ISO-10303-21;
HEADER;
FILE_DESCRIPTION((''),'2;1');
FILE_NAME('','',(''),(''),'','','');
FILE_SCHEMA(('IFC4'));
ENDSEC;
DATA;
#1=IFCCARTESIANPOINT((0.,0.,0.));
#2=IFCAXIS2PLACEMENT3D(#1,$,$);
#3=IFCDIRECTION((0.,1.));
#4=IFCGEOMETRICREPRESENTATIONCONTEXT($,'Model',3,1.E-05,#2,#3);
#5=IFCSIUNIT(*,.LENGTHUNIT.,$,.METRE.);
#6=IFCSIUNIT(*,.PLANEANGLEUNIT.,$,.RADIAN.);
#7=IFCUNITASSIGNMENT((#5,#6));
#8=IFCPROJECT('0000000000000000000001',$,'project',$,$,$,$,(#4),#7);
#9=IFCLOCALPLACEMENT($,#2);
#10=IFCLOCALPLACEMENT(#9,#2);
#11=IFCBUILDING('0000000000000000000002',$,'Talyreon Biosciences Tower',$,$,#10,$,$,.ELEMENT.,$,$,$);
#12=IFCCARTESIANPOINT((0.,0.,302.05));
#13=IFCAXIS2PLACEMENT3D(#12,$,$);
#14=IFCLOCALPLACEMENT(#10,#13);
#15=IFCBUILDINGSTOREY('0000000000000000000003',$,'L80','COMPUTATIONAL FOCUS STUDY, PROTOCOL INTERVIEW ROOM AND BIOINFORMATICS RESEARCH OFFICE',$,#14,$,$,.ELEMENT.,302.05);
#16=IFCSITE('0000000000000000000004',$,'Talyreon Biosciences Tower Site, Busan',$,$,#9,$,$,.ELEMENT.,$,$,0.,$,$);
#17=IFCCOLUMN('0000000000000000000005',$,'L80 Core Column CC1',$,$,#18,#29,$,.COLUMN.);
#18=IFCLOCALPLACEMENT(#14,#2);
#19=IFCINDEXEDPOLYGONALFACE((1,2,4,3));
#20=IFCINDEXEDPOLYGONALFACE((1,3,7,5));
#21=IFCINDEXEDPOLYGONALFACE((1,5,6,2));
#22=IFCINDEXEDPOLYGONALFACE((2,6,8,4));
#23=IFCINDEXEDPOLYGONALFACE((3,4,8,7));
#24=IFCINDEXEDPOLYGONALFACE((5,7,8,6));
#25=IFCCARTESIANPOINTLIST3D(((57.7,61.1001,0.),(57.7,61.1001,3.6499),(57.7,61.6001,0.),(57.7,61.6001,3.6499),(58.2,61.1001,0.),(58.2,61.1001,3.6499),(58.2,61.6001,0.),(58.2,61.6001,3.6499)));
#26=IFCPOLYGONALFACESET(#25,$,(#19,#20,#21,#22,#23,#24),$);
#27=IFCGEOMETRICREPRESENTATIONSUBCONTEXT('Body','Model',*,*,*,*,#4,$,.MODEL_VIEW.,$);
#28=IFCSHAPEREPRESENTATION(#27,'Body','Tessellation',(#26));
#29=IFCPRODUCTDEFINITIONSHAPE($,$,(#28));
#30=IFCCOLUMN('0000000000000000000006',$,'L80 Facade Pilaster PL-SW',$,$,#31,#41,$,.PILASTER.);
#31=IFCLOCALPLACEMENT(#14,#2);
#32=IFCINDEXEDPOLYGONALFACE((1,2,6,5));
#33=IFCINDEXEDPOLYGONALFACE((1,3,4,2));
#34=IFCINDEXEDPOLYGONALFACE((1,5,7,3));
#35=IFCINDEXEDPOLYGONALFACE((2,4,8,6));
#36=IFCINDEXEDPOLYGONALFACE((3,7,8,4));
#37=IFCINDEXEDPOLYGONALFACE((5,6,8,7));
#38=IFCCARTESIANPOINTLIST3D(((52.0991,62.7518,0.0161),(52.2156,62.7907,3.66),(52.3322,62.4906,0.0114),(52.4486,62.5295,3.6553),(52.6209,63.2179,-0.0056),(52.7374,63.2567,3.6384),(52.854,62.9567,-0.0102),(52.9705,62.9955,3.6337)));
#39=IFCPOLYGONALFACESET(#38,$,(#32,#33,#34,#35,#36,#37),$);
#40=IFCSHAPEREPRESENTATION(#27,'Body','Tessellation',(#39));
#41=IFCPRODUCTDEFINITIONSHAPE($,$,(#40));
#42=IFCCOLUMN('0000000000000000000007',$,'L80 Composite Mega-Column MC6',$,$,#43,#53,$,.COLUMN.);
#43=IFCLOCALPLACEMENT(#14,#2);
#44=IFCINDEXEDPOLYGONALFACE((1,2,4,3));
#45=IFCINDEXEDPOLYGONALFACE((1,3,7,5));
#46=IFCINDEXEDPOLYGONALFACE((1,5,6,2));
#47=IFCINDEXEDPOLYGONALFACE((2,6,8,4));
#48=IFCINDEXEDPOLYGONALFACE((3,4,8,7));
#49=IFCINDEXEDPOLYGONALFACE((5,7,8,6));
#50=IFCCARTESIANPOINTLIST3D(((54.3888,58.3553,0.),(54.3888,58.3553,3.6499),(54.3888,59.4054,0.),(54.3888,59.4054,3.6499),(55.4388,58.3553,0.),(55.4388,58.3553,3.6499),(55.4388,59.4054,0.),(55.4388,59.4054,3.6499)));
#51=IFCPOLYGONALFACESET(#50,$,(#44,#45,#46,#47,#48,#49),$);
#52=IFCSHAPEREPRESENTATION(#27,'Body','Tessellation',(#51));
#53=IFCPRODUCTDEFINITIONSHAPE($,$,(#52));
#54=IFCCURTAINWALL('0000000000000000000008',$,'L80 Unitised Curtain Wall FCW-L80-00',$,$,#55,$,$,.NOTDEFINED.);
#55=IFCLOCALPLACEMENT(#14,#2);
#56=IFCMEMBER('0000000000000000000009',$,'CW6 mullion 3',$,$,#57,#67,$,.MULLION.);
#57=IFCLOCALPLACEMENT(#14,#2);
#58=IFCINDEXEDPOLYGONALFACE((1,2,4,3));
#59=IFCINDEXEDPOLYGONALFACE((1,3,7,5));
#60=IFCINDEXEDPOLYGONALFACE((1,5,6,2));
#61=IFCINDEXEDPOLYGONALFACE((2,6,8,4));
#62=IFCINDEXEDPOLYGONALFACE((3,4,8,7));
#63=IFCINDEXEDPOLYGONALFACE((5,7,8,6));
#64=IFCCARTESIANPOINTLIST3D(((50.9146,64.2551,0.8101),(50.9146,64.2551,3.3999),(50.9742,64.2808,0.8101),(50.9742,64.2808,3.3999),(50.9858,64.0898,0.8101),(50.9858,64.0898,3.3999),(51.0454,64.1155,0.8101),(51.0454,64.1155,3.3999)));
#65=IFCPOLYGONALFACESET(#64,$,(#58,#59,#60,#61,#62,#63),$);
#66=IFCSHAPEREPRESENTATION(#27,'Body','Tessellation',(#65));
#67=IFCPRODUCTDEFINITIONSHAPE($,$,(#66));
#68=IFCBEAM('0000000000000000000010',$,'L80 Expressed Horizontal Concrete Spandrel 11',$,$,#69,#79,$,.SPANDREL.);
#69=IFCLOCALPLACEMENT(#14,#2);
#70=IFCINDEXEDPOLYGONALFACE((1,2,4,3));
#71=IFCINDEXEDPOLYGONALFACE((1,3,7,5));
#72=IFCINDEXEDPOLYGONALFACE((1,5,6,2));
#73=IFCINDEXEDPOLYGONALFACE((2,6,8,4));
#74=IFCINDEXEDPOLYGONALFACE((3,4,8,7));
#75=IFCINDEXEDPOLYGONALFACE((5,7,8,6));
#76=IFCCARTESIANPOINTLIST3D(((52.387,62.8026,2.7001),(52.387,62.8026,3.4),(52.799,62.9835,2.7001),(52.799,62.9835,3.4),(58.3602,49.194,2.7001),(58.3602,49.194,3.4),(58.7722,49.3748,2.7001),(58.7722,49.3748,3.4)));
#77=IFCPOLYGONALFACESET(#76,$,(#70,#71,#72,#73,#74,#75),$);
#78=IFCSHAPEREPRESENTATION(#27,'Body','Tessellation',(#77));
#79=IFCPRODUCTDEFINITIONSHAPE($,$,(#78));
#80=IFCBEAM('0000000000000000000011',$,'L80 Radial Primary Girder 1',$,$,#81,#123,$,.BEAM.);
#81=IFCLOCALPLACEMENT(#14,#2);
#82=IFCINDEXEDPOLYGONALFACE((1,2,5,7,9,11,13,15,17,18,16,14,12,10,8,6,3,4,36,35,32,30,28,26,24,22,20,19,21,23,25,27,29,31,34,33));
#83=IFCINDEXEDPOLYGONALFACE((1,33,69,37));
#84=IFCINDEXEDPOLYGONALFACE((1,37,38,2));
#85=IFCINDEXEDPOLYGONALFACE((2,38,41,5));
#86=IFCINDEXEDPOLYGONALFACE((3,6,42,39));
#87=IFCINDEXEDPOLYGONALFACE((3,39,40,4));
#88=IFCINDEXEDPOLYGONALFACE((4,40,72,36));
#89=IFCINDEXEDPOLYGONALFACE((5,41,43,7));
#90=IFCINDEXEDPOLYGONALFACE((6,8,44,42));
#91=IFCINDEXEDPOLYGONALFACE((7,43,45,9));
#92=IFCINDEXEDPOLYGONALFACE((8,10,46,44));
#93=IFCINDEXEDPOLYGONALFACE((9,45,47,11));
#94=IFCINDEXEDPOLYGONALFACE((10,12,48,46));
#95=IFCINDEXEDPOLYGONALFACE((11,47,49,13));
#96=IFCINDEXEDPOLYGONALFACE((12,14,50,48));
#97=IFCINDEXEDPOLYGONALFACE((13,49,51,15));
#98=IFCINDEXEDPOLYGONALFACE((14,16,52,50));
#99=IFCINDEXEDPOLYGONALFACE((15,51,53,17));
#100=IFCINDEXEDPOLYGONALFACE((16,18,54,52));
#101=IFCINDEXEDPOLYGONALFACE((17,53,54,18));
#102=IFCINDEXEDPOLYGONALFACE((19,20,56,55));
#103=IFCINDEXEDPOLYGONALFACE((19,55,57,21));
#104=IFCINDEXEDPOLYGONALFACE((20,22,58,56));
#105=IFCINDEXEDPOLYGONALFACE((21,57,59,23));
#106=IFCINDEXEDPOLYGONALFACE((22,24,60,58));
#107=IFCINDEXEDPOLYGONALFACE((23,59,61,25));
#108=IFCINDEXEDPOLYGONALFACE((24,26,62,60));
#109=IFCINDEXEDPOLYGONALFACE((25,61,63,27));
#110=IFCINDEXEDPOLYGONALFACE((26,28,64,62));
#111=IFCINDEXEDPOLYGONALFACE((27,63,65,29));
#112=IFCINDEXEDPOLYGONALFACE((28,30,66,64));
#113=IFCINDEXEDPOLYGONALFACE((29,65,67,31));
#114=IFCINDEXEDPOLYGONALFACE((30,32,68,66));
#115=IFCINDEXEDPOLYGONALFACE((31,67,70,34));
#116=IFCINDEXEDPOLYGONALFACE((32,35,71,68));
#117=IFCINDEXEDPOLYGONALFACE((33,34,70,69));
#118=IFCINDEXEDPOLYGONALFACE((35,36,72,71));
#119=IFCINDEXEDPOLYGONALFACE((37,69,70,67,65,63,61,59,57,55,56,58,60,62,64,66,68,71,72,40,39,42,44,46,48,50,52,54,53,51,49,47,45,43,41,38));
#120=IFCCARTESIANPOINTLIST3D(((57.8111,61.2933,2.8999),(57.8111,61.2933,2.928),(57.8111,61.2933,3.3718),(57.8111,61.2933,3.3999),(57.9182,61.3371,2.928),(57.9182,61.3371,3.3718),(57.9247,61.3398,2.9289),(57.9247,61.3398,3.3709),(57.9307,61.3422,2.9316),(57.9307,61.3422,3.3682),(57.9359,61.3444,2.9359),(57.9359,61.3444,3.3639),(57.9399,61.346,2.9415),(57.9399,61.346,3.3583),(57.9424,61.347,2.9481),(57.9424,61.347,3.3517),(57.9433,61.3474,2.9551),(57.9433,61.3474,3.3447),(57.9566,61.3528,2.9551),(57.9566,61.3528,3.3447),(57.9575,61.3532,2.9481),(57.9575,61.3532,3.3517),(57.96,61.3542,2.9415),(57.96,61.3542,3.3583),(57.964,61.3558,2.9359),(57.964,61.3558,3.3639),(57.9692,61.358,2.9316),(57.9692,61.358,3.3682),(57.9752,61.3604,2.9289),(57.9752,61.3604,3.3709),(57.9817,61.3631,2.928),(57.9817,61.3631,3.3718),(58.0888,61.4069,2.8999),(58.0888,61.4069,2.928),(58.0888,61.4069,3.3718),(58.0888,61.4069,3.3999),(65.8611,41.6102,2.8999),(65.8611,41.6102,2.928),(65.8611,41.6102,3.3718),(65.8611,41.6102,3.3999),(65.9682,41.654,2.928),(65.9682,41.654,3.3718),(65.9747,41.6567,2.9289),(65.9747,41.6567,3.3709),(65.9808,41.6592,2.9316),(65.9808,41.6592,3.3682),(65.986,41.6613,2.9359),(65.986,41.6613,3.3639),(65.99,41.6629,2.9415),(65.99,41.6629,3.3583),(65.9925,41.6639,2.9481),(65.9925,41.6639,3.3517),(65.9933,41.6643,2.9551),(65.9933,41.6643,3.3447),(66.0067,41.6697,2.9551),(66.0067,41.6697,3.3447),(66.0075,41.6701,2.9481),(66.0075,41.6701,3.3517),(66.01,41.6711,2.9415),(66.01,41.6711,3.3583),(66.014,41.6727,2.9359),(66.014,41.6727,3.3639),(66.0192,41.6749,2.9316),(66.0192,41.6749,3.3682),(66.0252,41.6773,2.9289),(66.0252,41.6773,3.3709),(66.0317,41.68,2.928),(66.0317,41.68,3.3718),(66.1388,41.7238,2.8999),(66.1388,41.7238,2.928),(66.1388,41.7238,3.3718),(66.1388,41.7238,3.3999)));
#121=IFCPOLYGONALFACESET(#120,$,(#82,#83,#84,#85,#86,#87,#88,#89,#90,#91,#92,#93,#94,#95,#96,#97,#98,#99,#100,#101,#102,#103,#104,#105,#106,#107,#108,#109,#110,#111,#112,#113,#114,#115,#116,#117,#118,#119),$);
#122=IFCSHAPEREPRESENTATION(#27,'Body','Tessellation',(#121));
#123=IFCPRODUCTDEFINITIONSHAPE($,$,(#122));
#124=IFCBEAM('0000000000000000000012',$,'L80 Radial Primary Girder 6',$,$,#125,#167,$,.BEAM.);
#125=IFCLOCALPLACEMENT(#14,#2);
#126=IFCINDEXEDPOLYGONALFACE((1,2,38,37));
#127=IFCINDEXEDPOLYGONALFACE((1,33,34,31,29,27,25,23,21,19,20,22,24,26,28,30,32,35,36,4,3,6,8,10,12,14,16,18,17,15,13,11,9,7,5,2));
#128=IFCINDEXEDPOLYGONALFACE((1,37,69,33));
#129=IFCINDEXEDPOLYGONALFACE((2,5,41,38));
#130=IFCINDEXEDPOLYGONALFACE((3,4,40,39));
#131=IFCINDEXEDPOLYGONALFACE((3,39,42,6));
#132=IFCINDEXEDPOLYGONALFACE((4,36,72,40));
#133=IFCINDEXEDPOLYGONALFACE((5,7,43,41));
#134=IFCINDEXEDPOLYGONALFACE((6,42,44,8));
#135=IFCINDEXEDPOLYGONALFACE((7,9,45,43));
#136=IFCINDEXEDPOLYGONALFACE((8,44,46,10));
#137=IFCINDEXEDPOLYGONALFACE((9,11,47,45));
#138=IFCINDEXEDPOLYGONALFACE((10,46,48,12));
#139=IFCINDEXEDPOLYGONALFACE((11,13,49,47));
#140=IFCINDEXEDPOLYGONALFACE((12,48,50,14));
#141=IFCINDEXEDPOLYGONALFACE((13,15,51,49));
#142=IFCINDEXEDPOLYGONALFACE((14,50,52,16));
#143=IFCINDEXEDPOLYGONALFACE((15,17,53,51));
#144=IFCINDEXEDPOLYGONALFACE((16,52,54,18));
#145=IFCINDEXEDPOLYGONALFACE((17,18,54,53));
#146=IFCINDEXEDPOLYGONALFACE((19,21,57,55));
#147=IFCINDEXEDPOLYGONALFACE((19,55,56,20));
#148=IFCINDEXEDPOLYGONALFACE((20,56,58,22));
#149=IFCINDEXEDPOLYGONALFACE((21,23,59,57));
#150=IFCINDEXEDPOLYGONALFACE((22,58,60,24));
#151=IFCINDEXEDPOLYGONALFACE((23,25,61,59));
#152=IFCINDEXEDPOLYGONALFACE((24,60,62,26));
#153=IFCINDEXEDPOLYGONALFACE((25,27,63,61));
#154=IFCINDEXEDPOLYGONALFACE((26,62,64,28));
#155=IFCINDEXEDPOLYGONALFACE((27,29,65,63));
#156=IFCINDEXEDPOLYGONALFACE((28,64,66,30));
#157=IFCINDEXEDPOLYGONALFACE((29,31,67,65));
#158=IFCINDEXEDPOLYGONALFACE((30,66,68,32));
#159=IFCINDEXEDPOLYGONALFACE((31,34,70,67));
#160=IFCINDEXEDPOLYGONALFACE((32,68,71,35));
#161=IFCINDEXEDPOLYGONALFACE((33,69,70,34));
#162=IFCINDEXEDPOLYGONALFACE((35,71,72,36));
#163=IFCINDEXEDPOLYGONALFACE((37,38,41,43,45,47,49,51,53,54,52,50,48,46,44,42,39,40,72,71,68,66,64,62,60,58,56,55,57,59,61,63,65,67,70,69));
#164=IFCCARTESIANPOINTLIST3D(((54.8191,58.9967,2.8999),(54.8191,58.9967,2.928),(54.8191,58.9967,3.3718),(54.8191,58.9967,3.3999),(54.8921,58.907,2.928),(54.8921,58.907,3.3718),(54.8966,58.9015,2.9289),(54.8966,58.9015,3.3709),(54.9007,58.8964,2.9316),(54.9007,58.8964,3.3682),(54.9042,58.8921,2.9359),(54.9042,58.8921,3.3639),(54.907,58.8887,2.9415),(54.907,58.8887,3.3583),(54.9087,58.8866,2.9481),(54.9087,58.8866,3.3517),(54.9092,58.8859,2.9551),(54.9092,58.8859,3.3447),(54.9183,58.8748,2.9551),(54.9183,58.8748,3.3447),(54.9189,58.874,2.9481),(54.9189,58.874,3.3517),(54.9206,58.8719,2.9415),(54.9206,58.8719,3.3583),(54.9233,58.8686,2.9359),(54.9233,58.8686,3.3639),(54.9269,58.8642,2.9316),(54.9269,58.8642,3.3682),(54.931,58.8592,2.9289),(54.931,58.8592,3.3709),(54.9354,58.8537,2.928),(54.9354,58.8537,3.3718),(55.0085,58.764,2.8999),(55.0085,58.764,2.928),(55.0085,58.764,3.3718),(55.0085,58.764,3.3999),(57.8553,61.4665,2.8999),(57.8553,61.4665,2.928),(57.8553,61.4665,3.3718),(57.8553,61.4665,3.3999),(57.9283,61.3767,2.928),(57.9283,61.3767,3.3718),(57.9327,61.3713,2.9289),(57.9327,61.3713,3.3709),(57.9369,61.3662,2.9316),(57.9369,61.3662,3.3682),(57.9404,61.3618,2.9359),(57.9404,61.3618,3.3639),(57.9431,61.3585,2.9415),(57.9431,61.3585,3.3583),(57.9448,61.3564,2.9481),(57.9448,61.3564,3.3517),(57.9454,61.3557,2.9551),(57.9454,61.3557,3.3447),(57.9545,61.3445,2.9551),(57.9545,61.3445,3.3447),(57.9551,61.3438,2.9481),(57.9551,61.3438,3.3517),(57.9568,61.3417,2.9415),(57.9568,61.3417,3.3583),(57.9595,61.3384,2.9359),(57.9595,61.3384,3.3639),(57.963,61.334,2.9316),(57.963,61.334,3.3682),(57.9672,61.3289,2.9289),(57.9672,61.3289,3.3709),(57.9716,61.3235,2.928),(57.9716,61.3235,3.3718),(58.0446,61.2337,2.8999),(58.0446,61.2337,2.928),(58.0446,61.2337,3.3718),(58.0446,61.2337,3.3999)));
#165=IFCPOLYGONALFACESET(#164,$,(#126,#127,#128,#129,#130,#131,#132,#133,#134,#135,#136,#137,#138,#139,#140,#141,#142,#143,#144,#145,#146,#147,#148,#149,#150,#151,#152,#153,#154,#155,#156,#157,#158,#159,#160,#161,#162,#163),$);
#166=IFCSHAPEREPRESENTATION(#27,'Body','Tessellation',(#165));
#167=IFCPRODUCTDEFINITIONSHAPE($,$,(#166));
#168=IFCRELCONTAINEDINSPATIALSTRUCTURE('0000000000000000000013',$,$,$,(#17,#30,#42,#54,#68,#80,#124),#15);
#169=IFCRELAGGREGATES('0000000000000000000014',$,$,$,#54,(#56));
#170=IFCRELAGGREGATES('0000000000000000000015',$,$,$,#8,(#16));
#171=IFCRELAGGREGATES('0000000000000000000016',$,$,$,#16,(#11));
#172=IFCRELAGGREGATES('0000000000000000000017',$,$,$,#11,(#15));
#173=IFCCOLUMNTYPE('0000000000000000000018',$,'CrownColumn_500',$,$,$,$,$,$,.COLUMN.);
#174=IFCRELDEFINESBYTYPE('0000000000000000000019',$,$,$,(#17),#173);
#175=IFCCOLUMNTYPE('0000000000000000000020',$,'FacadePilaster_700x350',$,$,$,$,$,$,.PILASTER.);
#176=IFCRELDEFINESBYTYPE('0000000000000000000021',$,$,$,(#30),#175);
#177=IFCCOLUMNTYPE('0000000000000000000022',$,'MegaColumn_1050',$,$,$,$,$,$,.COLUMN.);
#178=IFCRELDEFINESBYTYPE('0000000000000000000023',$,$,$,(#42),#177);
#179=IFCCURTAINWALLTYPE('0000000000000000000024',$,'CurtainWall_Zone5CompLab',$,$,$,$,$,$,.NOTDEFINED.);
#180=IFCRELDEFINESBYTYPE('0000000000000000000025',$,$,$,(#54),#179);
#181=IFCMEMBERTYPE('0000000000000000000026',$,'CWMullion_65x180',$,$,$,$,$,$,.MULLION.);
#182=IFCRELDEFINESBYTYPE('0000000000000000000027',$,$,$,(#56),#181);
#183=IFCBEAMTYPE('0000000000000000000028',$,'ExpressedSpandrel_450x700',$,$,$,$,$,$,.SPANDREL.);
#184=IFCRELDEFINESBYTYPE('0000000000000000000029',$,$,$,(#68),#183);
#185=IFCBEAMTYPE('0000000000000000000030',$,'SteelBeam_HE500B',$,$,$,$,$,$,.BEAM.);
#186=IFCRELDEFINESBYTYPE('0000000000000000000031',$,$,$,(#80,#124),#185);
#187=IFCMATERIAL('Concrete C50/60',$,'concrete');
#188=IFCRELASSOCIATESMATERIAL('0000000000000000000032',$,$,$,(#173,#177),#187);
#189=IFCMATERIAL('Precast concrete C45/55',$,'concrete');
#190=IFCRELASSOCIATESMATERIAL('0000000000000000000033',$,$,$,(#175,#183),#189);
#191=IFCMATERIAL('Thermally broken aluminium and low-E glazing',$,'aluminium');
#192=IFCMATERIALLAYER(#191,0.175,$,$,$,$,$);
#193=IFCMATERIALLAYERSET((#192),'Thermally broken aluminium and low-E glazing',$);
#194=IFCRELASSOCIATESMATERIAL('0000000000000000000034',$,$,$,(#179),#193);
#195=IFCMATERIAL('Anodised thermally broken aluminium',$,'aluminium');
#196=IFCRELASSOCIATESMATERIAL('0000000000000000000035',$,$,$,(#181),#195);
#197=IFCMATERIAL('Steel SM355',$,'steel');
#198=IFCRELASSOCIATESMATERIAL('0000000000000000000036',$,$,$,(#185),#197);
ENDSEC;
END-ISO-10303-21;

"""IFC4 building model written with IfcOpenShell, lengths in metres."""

from ifc_helpers import new_model, si_unit, direction, frame, origin, origin_2d, place, context, subcontext, project, spatial, rectangle, i_section, extrude, material, layer, layer_set, material_profile, profile_set, type_object, element, aggregate, save


model = new_model("IFC4")

# Units and contexts
model_context = context("Model", 3, precision=1e-05, world=origin(), true_north=direction((0.0, 1.0)))
body_context = subcontext(model_context, "Body", "Model", "MODEL_VIEW")
ifc_project = project(units=[si_unit("LENGTHUNIT", "METRE"), si_unit("PLANEANGLEUNIT", "RADIAN")], contexts=[model_context])

# Site, building, storey
site_placement = place(None, origin())
site = spatial("IfcSite", under=ifc_project, at=site_placement, Name="Talyreon Biosciences Tower Site, Busan", CompositionType="ELEMENT", RefElevation=0.0)
building_placement = place(site_placement, origin())
building = spatial("IfcBuilding", under=site, at=building_placement, Name="Talyreon Biosciences Tower", CompositionType="ELEMENT")
storey_placement = place(building_placement, frame((0.0, 0.0, 302.05)))
storey = spatial("IfcBuildingStorey", under=building, at=storey_placement, Name="L80", Description="COMPUTATIONAL FOCUS STUDY, PROTOCOL INTERVIEW ROOM AND BIOINFORMATICS RESEARCH OFFICE", CompositionType="ELEMENT", Elevation=302.05)

# Columns
ifc_material_1 = material(Name="Concrete C50/60", Category="concrete")
ifc_material_profile_1 = material_profile(ifc_material_1, rectangle(XDim=0.5, YDim=0.5, at=origin_2d()), Name="RC 500x500")
ifc_profile_set_1 = profile_set([ifc_material_profile_1], Name="Concrete C50/60")
column_type_1 = type_object("IfcColumnType", Name="CrownColumn_500", PredefinedType="COLUMN", material=ifc_profile_set_1)
column_1_placement = place(storey_placement, frame((57.95, 61.3501, 0.0), z_axis=(0.0, 0.0, 1.0), x_axis=(1.0, 0.0, 0.0)))
element("IfcColumn", 1, at=column_1_placement, inside=storey, type_object=column_type_1, Name="L80 Core Column CC1", PredefinedType="COLUMN", context=body_context, shape_type="SweptSolid", body=[
    extrude(rectangle(XDim=0.5, YDim=0.5, at=origin_2d()), origin(), (0.0, 0.0, 1.0), 3.6499),
])
ifc_material_2 = material(Name="Precast concrete C45/55", Category="concrete")
ifc_material_profile_2 = material_profile(ifc_material_2, rectangle(XDim=0.7, YDim=0.3501, at=origin_2d()), Name="RC 700x350")
ifc_profile_set_2 = profile_set([ifc_material_profile_2], Name="Precast concrete C45/55")
column_type_2 = type_object("IfcColumnType", Name="FacadePilaster_700x350", PredefinedType="PILASTER", material=ifc_profile_set_2)
column_2_placement = place(storey_placement, frame((52.4766, 62.8542, 0.0029), z_axis=(0.03194, 0.010647, 0.999433), x_axis=(0.745494, 0.665794, -0.030917)))
element("IfcColumn", 2, at=column_2_placement, inside=storey, type_object=column_type_2, Name="L80 Facade Pilaster PL-SW", PredefinedType="PILASTER", context=body_context, shape_type="SweptSolid", body=[
    extrude(rectangle(XDim=0.7, YDim=0.3501, at=origin_2d()), origin(), (0.0, 0.0, 1.0), 3.646),
])
ifc_material_profile_3 = material_profile(ifc_material_1, rectangle(XDim=1.05, YDim=1.05, at=origin_2d()), Name="RC 1050x1050")
ifc_profile_set_3 = profile_set([ifc_material_profile_3], Name="Concrete C50/60")
column_type_3 = type_object("IfcColumnType", Name="MegaColumn_1050", PredefinedType="COLUMN", material=ifc_profile_set_3)
column_3_placement = place(storey_placement, frame((54.9138, 58.8804, 0.0), z_axis=(0.0, 0.0, 1.0), x_axis=(1.0, 0.0, 0.0)))
element("IfcColumn", 3, at=column_3_placement, inside=storey, type_object=column_type_3, Name="L80 Composite Mega-Column MC6", PredefinedType="COLUMN", context=body_context, shape_type="SweptSolid", body=[
    extrude(rectangle(XDim=1.05, YDim=1.05, at=origin_2d()), origin(), (0.0, 0.0, 1.0), 3.6499),
])

# Curtain wall, member
ifc_material_3 = material(Name="Thermally broken aluminium and low-E glazing", Category="aluminium")
ifc_layer_1 = layer(ifc_material_3, 0.175)
ifc_layer_set_1 = layer_set([ifc_layer_1], Name="Thermally broken aluminium and low-E glazing")
curtain_wall_type = type_object("IfcCurtainWallType", Name="CurtainWall_Zone5CompLab", PredefinedType="NOTDEFINED", material=ifc_layer_set_1)
curtain_wall_placement = place(storey_placement, origin())
curtain_wall = element("IfcCurtainWall", 4, at=curtain_wall_placement, inside=storey, type_object=curtain_wall_type, Name="L80 Unitised Curtain Wall FCW-L80-00", PredefinedType="NOTDEFINED")
ifc_material_4 = material(Name="Anodised thermally broken aluminium", Category="aluminium")
ifc_material_profile_4 = material_profile(ifc_material_4, rectangle(XDim=0.0649, YDim=0.1799, at=origin_2d()), Name="ALUM MULLION 65x180")
ifc_profile_set_4 = profile_set([ifc_material_profile_4], Name="Anodised thermally broken aluminium")
member_type = type_object("IfcMemberType", Name="CWMullion_65x180", PredefinedType="MULLION", material=ifc_profile_set_4)
member_placement = place(storey_placement, frame((50.98, 64.1853, 0.8101), z_axis=(0.0, 0.0, 1.0), x_axis=(-0.918363, -0.395738, 0.0)))
member = element("IfcMember", 5, at=member_placement, type_object=member_type, Name="CW6 mullion 3", PredefinedType="MULLION", context=body_context, shape_type="SweptSolid", body=[
    extrude(rectangle(XDim=0.0649, YDim=0.1799, at=origin_2d()), origin(), (0.0, 0.0, 1.0), 2.5898),
])

# Beams
ifc_material_profile_5 = material_profile(ifc_material_2, rectangle(XDim=0.45, YDim=0.7, at=origin_2d()), Name="RCB 450x700")
ifc_profile_set_5 = profile_set([ifc_material_profile_5], Name="Precast concrete C45/55")
beam_type_1 = type_object("IfcBeamType", Name="ExpressedSpandrel_450x700", PredefinedType="SPANDREL", material=ifc_profile_set_5)
beam_1_placement = place(storey_placement, frame((52.593, 62.8931, 3.05), z_axis=(0.401912, -0.915678, 0.0), x_axis=(0.915678, 0.401912, 0.0)))
element("IfcBeam", 6, at=beam_1_placement, inside=storey, type_object=beam_type_1, Name="L80 Expressed Horizontal Concrete Spandrel 11", PredefinedType="SPANDREL", context=body_context, shape_type="SweptSolid", body=[
    extrude(rectangle(XDim=0.45, YDim=0.7, at=origin_2d()), origin(), (0.0, 0.0, 1.0), 14.8618),
])
ifc_material_5 = material(Name="Steel SM355", Category="steel")
ifc_material_profile_6 = material_profile(ifc_material_5, i_section(OverallWidth=0.3, OverallDepth=0.5, WebThickness=0.0144, FlangeThickness=0.0281, FilletRadius=0.0271, at=origin_2d()), Name="HE500B")
ifc_profile_set_6 = profile_set([ifc_material_profile_6], Name="Steel SM355")
beam_type_2 = type_object("IfcBeamType", Name="SteelBeam_HE500B", PredefinedType="BEAM", material=ifc_profile_set_6)
beam_2_placement = place(storey_placement, frame((57.95, 61.3501, 3.1499), z_axis=(0.378547, -0.925582, 0.0), x_axis=(0.925582, 0.378547, 0.0)))
element("IfcBeam", 7, at=beam_2_placement, inside=storey, type_object=beam_type_2, Name="L80 Radial Primary Girder 1", PredefinedType="BEAM", context=body_context, shape_type="SweptSolid", body=[
    extrude(i_section(OverallWidth=0.3, OverallDepth=0.5, WebThickness=0.0144, FlangeThickness=0.0281, FilletRadius=0.0271, at=origin_2d()), origin(), (0.0, 0.0, 1.0), 21.2656),
])
beam_3_placement = place(storey_placement, frame((57.95, 61.3501, 3.1499), z_axis=(-0.775755, -0.631034, 0.0), x_axis=(0.631034, -0.775755, 0.0)))
element("IfcBeam", 8, at=beam_3_placement, inside=storey, type_object=beam_type_2, Name="L80 Radial Primary Girder 6", PredefinedType="BEAM", context=body_context, shape_type="SweptSolid", body=[
    extrude(i_section(OverallWidth=0.3, OverallDepth=0.5, WebThickness=0.0144, FlangeThickness=0.0281, FilletRadius=0.0271, at=origin_2d()), origin(), (0.0, 0.0, 1.0), 3.9138),
])

aggregate(curtain_wall, [member])

save(model, "model.ifc")
